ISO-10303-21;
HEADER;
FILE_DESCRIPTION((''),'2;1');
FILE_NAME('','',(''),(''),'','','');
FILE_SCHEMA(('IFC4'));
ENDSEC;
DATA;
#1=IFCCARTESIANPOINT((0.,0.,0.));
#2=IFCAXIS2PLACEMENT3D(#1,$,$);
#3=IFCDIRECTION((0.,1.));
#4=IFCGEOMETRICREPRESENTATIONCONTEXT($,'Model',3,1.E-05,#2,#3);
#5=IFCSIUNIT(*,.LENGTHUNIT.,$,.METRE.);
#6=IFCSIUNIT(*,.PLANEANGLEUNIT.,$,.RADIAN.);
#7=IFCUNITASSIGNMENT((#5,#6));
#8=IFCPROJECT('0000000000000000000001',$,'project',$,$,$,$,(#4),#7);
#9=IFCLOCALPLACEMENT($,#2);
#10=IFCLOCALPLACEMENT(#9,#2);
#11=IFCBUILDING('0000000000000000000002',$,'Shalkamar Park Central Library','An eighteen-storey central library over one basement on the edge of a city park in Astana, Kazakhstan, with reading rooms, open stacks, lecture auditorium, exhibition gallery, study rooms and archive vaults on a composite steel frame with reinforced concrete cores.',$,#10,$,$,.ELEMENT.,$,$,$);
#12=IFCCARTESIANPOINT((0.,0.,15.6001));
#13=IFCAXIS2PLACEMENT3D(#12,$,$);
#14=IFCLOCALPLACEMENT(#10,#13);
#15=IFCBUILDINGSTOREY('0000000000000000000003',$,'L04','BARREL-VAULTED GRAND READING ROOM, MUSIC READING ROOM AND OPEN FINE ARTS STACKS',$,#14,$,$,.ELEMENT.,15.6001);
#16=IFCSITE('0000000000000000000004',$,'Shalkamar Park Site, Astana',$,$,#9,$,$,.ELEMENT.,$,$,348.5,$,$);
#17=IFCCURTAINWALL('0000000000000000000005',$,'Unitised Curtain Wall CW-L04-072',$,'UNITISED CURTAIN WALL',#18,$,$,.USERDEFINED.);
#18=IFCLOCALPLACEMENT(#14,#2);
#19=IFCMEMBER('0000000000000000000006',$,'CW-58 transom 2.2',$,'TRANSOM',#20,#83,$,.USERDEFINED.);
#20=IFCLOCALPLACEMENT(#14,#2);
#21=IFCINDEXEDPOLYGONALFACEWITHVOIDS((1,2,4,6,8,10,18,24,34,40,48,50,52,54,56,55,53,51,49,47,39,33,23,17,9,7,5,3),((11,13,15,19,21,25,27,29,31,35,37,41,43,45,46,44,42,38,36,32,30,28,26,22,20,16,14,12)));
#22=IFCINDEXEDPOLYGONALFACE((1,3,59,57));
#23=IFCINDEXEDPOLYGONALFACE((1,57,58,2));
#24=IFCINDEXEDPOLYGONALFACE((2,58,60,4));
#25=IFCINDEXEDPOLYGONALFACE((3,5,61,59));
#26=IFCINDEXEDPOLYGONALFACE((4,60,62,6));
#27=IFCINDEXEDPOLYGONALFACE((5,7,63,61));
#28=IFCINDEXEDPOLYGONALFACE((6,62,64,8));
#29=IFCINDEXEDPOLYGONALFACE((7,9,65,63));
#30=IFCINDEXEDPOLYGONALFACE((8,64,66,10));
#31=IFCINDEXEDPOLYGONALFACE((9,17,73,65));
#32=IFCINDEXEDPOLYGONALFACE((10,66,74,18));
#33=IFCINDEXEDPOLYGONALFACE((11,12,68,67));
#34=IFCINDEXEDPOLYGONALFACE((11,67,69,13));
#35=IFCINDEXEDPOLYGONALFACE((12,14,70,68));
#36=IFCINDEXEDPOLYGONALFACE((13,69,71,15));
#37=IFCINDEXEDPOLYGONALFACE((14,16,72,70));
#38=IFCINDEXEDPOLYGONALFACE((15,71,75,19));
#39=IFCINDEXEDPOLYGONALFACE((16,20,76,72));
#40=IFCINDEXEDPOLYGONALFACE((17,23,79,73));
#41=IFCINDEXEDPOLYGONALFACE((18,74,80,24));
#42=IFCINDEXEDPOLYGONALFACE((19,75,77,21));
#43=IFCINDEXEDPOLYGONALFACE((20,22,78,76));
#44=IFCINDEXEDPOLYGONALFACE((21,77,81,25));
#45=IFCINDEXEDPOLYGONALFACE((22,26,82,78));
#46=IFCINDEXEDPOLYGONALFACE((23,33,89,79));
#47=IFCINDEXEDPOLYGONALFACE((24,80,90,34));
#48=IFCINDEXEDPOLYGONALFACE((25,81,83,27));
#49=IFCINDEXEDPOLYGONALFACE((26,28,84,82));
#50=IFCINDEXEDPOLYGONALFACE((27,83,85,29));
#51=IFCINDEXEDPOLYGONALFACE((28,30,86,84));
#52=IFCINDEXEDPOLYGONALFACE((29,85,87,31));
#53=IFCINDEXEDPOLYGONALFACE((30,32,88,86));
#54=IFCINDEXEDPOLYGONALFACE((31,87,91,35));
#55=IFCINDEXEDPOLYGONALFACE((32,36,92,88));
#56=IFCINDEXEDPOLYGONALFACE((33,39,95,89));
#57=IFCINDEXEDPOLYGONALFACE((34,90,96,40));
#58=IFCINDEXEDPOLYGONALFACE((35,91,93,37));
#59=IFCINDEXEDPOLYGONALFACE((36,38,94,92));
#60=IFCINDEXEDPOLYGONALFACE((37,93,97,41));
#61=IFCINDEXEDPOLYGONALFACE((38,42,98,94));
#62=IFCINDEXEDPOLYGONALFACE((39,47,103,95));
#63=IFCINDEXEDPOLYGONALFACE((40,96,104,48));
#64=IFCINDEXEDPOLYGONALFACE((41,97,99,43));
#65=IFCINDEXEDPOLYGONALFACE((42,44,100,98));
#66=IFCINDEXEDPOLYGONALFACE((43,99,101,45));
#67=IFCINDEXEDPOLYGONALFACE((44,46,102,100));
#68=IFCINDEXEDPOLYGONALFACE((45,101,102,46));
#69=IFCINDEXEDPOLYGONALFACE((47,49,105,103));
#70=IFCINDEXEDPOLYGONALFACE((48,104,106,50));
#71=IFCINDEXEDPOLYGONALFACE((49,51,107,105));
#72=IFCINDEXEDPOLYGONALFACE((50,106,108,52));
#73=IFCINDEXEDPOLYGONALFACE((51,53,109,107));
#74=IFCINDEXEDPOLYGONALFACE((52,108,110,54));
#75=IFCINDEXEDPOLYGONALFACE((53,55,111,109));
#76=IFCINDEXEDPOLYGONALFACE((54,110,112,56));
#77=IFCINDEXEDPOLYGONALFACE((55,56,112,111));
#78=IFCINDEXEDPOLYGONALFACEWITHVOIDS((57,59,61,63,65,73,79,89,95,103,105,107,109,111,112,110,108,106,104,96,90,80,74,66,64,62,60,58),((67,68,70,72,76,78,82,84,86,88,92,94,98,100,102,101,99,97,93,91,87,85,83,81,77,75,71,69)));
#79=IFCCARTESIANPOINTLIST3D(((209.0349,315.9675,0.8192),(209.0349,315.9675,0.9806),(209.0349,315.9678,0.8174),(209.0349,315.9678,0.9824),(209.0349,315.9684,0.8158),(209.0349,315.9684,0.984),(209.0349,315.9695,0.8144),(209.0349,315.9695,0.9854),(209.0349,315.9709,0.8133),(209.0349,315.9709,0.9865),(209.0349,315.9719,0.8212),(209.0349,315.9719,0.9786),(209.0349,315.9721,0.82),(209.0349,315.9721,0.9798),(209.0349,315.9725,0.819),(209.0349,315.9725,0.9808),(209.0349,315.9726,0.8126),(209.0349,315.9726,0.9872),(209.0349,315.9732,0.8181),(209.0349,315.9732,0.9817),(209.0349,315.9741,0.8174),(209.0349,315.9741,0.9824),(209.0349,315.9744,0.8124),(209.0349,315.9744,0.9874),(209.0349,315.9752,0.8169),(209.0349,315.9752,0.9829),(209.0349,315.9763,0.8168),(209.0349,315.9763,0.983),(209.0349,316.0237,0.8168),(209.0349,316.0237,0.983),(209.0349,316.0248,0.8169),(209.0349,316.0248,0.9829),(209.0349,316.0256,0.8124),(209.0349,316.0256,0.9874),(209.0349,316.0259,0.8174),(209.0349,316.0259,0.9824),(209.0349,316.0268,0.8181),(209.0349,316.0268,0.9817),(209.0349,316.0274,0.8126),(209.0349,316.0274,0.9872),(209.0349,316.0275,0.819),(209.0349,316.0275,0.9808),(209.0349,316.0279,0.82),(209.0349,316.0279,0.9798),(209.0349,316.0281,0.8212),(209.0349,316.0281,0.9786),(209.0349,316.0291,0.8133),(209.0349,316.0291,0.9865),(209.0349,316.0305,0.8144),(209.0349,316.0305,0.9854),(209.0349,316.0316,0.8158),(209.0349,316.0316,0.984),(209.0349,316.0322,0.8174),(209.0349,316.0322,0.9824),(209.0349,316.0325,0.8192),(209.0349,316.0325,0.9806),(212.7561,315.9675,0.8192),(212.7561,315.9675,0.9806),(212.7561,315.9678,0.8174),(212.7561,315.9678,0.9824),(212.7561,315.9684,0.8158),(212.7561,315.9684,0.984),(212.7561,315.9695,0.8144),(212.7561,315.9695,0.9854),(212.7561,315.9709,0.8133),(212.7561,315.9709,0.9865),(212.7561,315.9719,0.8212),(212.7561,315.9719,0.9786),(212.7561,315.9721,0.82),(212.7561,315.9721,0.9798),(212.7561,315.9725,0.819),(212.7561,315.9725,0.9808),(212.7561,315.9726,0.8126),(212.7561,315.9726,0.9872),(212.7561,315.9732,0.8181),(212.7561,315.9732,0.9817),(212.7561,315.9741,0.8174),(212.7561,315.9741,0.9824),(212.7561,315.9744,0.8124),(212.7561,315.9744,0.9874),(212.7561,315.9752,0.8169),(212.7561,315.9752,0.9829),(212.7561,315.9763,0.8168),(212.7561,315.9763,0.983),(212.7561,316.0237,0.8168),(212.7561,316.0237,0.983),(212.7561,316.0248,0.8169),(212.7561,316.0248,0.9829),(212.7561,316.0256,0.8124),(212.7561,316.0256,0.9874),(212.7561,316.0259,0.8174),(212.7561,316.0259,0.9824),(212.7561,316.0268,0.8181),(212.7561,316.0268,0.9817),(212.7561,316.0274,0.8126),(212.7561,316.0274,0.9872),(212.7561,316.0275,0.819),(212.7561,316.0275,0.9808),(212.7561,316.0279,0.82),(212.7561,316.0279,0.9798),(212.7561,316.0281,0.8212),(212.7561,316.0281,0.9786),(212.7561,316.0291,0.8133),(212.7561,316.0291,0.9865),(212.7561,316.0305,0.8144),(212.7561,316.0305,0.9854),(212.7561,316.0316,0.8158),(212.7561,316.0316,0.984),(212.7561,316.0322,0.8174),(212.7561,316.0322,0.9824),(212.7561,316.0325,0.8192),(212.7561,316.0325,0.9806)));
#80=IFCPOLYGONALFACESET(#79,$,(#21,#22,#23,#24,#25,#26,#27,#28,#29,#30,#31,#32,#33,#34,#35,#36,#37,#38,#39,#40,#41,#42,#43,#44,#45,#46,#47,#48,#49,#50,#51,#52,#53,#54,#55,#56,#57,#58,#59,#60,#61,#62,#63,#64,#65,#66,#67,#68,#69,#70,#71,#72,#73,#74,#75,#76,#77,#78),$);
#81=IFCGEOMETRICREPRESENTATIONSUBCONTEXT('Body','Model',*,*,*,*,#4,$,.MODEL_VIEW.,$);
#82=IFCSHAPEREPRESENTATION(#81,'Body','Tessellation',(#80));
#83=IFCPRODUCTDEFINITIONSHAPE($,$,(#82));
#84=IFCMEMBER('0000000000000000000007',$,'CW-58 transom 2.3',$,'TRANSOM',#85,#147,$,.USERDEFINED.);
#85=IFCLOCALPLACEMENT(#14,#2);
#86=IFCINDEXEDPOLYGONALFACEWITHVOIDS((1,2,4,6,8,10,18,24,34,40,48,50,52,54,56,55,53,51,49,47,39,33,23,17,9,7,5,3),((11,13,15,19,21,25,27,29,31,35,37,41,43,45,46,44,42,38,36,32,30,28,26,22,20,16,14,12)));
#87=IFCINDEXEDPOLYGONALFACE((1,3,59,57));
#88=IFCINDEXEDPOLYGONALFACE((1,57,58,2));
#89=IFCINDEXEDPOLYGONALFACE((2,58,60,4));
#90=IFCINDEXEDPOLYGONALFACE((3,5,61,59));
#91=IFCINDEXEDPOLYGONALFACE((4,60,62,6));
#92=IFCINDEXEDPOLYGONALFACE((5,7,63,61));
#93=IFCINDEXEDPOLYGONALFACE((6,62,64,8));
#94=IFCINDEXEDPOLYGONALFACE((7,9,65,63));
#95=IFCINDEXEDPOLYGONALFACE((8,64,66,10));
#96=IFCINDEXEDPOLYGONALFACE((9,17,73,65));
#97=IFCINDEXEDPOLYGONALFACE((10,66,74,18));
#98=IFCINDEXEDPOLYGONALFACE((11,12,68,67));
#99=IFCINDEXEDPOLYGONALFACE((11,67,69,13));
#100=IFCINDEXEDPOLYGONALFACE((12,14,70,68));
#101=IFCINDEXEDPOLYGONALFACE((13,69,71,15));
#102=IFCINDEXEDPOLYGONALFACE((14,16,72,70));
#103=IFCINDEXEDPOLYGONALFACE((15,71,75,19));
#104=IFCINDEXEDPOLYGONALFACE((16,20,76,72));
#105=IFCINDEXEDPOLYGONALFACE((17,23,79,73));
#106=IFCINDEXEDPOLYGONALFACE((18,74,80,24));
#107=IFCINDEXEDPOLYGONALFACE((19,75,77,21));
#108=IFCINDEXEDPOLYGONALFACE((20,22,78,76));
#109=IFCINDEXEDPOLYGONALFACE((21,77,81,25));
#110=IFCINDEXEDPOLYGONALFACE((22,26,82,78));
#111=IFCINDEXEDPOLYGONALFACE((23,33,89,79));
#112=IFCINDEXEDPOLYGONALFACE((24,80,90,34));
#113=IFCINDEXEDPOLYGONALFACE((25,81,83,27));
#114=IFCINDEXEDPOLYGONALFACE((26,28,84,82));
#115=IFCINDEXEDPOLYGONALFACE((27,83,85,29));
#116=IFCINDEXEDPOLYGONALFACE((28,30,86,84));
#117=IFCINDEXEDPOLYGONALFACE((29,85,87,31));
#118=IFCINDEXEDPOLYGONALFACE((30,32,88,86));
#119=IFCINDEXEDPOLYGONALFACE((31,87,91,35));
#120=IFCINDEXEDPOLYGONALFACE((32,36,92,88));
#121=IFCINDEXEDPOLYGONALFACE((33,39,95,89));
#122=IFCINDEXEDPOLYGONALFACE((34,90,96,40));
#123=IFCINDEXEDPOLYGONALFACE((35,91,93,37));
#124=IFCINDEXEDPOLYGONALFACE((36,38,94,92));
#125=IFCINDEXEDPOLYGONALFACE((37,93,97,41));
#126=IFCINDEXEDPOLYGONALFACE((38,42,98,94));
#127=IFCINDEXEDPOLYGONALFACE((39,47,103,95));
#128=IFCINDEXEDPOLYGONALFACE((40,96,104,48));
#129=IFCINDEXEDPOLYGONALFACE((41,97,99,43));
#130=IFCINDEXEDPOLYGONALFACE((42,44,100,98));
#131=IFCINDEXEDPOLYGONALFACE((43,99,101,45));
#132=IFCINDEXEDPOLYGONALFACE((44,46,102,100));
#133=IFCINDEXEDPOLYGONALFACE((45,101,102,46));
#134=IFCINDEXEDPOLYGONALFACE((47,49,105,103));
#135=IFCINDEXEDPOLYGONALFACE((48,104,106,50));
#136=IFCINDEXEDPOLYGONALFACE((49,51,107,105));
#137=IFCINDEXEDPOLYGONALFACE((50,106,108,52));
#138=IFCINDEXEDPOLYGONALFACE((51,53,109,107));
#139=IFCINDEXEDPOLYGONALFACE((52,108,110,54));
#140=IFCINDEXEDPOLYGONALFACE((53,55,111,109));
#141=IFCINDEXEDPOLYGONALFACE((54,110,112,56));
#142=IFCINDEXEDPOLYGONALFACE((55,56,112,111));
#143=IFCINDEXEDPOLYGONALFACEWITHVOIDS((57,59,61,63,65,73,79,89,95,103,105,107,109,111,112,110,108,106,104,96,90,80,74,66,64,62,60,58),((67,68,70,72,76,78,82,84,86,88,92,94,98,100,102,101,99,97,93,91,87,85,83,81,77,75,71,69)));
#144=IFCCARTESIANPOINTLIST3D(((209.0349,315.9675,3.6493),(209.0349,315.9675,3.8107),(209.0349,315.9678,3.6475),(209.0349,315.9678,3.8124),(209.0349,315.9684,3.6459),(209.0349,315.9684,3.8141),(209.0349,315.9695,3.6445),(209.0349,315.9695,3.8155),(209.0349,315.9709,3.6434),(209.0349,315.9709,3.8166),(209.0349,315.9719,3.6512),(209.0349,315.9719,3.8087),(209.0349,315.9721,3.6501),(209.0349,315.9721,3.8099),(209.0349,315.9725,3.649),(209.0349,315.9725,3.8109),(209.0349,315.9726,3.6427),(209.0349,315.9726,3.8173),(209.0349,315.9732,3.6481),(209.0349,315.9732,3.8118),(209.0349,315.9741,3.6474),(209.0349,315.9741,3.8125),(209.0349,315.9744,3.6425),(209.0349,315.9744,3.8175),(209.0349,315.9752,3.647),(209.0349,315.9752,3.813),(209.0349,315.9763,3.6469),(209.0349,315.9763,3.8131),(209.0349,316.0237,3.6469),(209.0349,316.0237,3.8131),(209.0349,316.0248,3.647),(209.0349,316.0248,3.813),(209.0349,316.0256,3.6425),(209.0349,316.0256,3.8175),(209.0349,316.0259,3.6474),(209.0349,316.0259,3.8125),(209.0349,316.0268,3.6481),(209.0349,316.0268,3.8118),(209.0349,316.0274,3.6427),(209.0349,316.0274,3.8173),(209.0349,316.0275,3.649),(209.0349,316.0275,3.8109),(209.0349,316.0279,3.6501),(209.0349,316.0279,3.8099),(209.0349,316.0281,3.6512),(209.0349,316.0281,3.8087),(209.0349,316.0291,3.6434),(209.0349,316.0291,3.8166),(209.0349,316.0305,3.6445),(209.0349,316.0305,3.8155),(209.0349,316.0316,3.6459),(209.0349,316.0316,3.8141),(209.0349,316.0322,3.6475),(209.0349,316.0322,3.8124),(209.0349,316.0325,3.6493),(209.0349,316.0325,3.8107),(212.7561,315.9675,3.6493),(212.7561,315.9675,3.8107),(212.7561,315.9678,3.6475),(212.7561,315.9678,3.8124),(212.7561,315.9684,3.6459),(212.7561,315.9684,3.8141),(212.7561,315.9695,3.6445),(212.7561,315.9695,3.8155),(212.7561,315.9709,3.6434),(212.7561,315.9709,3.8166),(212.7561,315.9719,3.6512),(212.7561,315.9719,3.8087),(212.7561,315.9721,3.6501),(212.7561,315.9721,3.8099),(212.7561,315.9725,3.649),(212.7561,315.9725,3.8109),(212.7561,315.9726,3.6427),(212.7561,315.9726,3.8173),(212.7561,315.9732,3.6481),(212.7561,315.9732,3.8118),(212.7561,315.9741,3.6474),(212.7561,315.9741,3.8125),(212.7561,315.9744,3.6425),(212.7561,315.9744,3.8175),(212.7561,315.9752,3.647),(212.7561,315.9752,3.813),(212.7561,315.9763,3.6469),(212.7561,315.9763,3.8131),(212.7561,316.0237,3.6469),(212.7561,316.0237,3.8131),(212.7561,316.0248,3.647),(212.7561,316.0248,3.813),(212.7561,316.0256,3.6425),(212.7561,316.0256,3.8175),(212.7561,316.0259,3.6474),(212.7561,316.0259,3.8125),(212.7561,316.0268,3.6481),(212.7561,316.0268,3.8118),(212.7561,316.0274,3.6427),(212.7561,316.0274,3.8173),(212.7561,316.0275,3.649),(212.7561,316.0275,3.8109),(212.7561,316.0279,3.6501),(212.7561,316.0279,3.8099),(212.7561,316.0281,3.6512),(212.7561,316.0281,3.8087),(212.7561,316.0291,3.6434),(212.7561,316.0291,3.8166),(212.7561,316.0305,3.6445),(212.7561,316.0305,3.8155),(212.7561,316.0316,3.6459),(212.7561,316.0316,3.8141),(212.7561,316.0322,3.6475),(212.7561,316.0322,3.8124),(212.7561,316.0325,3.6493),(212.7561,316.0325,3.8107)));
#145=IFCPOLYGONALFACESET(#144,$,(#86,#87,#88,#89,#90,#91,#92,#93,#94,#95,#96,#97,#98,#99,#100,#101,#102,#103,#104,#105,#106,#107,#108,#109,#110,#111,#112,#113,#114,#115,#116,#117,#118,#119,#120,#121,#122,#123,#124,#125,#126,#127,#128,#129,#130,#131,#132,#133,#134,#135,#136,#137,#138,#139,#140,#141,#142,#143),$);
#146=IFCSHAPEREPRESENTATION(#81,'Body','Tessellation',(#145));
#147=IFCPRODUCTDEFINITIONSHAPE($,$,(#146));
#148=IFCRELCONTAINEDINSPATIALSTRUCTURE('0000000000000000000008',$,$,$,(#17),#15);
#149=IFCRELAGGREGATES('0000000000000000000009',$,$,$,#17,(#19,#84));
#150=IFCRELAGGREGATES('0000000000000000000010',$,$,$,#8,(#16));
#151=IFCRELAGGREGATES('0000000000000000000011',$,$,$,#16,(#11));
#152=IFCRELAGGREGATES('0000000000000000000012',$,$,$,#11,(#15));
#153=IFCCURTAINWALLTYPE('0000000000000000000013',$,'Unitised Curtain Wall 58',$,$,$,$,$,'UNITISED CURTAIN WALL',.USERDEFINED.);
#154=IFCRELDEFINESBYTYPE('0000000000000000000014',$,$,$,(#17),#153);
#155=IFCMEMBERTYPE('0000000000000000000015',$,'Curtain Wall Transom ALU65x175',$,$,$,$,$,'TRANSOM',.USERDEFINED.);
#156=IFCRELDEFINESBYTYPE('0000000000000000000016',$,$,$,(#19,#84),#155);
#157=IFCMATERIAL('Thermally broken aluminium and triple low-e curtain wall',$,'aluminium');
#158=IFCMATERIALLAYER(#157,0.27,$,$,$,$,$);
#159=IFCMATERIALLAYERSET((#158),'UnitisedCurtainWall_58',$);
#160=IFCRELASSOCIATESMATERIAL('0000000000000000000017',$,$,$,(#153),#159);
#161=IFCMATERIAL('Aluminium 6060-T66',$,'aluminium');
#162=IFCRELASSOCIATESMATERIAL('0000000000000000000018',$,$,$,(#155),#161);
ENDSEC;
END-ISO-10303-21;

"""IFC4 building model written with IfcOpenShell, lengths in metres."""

from ifc_helpers import new_model, si_unit, direction, frame, origin, origin_2d, place, context, subcontext, project, spatial, hollow_rectangle, extrude, material, layer, layer_set, material_profile, profile_set, type_object, element, aggregate, save


model = new_model("IFC4")

# Units and contexts
model_context = context("Model", 3, precision=1e-05, world=origin(), true_north=direction((0.0, 1.0)))
body_context = subcontext(model_context, "Body", "Model", "MODEL_VIEW")
ifc_project = project(units=[si_unit("LENGTHUNIT", "METRE"), si_unit("PLANEANGLEUNIT", "RADIAN")], contexts=[model_context])

# Site, building, storey
site_placement = place(None, origin())
site = spatial("IfcSite", under=ifc_project, at=site_placement, Name="Shalkamar Park Site, Astana", CompositionType="ELEMENT", RefElevation=348.5)
building_placement = place(site_placement, origin())
building = spatial("IfcBuilding", under=site, at=building_placement, Name="Shalkamar Park Central Library", Description="An eighteen-storey central library over one basement on the edge of a city park in Astana, Kazakhstan, with reading rooms, open stacks, lecture auditorium, exhibition gallery, study rooms and archive vaults on a composite steel frame with reinforced concrete cores.", CompositionType="ELEMENT")
storey_placement = place(building_placement, frame((0.0, 0.0, 15.6001)))
storey = spatial("IfcBuildingStorey", under=building, at=storey_placement, Name="L04", Description="BARREL-VAULTED GRAND READING ROOM, MUSIC READING ROOM AND OPEN FINE ARTS STACKS", CompositionType="ELEMENT", Elevation=15.6001)

# Curtain wall
ifc_material_1 = material(Name="Thermally broken aluminium and triple low-e curtain wall", Category="aluminium")
ifc_layer_1 = layer(ifc_material_1, 0.27)
ifc_layer_set_1 = layer_set([ifc_layer_1], Name="UnitisedCurtainWall_58")
curtain_wall_type_1 = type_object("IfcCurtainWallType", Name="Unitised Curtain Wall 58", ElementType="UNITISED CURTAIN WALL", PredefinedType="USERDEFINED", material=ifc_layer_set_1)
curtain_wall_1_placement = place(storey_placement, origin())
curtain_wall_1 = element("IfcCurtainWall", 1, at=curtain_wall_1_placement, inside=storey, type_object=curtain_wall_type_1, Name="Unitised Curtain Wall CW-L04-072", ObjectType="UNITISED CURTAIN WALL", PredefinedType="USERDEFINED")
ifc_material_2 = material(Name="Aluminium 6060-T66", Category="aluminium")

# Members
ifc_material_profile_1 = material_profile(ifc_material_2, hollow_rectangle(XDim=0.0649, YDim=0.175, WallThickness=0.0044, InnerFilletRadius=0.0044, OuterFilletRadius=0.0068, at=origin_2d()), Name="ALU 65x175x4.5")
ifc_profile_set_1 = profile_set([ifc_material_profile_1], Name="Aluminium 6060-T66")
member_type_1 = type_object("IfcMemberType", Name="Curtain Wall Transom ALU65x175", ElementType="TRANSOM", PredefinedType="USERDEFINED", material=ifc_profile_set_1)
member_1_placement = place(storey_placement, frame((209.0349, 316.0, 0.8999), z_axis=(1.0, 0.0, 0.0), x_axis=(0.0, 1.0, 0.0)))
member_1 = element("IfcMember", 2, at=member_1_placement, type_object=member_type_1, Name="CW-58 transom 2.2", ObjectType="TRANSOM", PredefinedType="USERDEFINED", context=body_context, shape_type="SweptSolid", body=[
    extrude(hollow_rectangle(XDim=0.0649, YDim=0.175, WallThickness=0.0044, InnerFilletRadius=0.0044, OuterFilletRadius=0.0068, at=origin_2d()), origin(), (0.0, 0.0, 1.0), 3.7212),
])
member_2_placement = place(storey_placement, frame((209.0349, 316.0, 3.73), z_axis=(1.0, 0.0, 0.0), x_axis=(0.0, 1.0, 0.0)))
member_2 = element("IfcMember", 3, at=member_2_placement, type_object=member_type_1, Name="CW-58 transom 2.3", ObjectType="TRANSOM", PredefinedType="USERDEFINED", context=body_context, shape_type="SweptSolid", body=[
    extrude(hollow_rectangle(XDim=0.0649, YDim=0.175, WallThickness=0.0044, InnerFilletRadius=0.0044, OuterFilletRadius=0.0068, at=origin_2d()), origin(), (0.0, 0.0, 1.0), 3.7212),
])

aggregate(curtain_wall_1, [member_1, member_2])

save(model, "model.ifc")
